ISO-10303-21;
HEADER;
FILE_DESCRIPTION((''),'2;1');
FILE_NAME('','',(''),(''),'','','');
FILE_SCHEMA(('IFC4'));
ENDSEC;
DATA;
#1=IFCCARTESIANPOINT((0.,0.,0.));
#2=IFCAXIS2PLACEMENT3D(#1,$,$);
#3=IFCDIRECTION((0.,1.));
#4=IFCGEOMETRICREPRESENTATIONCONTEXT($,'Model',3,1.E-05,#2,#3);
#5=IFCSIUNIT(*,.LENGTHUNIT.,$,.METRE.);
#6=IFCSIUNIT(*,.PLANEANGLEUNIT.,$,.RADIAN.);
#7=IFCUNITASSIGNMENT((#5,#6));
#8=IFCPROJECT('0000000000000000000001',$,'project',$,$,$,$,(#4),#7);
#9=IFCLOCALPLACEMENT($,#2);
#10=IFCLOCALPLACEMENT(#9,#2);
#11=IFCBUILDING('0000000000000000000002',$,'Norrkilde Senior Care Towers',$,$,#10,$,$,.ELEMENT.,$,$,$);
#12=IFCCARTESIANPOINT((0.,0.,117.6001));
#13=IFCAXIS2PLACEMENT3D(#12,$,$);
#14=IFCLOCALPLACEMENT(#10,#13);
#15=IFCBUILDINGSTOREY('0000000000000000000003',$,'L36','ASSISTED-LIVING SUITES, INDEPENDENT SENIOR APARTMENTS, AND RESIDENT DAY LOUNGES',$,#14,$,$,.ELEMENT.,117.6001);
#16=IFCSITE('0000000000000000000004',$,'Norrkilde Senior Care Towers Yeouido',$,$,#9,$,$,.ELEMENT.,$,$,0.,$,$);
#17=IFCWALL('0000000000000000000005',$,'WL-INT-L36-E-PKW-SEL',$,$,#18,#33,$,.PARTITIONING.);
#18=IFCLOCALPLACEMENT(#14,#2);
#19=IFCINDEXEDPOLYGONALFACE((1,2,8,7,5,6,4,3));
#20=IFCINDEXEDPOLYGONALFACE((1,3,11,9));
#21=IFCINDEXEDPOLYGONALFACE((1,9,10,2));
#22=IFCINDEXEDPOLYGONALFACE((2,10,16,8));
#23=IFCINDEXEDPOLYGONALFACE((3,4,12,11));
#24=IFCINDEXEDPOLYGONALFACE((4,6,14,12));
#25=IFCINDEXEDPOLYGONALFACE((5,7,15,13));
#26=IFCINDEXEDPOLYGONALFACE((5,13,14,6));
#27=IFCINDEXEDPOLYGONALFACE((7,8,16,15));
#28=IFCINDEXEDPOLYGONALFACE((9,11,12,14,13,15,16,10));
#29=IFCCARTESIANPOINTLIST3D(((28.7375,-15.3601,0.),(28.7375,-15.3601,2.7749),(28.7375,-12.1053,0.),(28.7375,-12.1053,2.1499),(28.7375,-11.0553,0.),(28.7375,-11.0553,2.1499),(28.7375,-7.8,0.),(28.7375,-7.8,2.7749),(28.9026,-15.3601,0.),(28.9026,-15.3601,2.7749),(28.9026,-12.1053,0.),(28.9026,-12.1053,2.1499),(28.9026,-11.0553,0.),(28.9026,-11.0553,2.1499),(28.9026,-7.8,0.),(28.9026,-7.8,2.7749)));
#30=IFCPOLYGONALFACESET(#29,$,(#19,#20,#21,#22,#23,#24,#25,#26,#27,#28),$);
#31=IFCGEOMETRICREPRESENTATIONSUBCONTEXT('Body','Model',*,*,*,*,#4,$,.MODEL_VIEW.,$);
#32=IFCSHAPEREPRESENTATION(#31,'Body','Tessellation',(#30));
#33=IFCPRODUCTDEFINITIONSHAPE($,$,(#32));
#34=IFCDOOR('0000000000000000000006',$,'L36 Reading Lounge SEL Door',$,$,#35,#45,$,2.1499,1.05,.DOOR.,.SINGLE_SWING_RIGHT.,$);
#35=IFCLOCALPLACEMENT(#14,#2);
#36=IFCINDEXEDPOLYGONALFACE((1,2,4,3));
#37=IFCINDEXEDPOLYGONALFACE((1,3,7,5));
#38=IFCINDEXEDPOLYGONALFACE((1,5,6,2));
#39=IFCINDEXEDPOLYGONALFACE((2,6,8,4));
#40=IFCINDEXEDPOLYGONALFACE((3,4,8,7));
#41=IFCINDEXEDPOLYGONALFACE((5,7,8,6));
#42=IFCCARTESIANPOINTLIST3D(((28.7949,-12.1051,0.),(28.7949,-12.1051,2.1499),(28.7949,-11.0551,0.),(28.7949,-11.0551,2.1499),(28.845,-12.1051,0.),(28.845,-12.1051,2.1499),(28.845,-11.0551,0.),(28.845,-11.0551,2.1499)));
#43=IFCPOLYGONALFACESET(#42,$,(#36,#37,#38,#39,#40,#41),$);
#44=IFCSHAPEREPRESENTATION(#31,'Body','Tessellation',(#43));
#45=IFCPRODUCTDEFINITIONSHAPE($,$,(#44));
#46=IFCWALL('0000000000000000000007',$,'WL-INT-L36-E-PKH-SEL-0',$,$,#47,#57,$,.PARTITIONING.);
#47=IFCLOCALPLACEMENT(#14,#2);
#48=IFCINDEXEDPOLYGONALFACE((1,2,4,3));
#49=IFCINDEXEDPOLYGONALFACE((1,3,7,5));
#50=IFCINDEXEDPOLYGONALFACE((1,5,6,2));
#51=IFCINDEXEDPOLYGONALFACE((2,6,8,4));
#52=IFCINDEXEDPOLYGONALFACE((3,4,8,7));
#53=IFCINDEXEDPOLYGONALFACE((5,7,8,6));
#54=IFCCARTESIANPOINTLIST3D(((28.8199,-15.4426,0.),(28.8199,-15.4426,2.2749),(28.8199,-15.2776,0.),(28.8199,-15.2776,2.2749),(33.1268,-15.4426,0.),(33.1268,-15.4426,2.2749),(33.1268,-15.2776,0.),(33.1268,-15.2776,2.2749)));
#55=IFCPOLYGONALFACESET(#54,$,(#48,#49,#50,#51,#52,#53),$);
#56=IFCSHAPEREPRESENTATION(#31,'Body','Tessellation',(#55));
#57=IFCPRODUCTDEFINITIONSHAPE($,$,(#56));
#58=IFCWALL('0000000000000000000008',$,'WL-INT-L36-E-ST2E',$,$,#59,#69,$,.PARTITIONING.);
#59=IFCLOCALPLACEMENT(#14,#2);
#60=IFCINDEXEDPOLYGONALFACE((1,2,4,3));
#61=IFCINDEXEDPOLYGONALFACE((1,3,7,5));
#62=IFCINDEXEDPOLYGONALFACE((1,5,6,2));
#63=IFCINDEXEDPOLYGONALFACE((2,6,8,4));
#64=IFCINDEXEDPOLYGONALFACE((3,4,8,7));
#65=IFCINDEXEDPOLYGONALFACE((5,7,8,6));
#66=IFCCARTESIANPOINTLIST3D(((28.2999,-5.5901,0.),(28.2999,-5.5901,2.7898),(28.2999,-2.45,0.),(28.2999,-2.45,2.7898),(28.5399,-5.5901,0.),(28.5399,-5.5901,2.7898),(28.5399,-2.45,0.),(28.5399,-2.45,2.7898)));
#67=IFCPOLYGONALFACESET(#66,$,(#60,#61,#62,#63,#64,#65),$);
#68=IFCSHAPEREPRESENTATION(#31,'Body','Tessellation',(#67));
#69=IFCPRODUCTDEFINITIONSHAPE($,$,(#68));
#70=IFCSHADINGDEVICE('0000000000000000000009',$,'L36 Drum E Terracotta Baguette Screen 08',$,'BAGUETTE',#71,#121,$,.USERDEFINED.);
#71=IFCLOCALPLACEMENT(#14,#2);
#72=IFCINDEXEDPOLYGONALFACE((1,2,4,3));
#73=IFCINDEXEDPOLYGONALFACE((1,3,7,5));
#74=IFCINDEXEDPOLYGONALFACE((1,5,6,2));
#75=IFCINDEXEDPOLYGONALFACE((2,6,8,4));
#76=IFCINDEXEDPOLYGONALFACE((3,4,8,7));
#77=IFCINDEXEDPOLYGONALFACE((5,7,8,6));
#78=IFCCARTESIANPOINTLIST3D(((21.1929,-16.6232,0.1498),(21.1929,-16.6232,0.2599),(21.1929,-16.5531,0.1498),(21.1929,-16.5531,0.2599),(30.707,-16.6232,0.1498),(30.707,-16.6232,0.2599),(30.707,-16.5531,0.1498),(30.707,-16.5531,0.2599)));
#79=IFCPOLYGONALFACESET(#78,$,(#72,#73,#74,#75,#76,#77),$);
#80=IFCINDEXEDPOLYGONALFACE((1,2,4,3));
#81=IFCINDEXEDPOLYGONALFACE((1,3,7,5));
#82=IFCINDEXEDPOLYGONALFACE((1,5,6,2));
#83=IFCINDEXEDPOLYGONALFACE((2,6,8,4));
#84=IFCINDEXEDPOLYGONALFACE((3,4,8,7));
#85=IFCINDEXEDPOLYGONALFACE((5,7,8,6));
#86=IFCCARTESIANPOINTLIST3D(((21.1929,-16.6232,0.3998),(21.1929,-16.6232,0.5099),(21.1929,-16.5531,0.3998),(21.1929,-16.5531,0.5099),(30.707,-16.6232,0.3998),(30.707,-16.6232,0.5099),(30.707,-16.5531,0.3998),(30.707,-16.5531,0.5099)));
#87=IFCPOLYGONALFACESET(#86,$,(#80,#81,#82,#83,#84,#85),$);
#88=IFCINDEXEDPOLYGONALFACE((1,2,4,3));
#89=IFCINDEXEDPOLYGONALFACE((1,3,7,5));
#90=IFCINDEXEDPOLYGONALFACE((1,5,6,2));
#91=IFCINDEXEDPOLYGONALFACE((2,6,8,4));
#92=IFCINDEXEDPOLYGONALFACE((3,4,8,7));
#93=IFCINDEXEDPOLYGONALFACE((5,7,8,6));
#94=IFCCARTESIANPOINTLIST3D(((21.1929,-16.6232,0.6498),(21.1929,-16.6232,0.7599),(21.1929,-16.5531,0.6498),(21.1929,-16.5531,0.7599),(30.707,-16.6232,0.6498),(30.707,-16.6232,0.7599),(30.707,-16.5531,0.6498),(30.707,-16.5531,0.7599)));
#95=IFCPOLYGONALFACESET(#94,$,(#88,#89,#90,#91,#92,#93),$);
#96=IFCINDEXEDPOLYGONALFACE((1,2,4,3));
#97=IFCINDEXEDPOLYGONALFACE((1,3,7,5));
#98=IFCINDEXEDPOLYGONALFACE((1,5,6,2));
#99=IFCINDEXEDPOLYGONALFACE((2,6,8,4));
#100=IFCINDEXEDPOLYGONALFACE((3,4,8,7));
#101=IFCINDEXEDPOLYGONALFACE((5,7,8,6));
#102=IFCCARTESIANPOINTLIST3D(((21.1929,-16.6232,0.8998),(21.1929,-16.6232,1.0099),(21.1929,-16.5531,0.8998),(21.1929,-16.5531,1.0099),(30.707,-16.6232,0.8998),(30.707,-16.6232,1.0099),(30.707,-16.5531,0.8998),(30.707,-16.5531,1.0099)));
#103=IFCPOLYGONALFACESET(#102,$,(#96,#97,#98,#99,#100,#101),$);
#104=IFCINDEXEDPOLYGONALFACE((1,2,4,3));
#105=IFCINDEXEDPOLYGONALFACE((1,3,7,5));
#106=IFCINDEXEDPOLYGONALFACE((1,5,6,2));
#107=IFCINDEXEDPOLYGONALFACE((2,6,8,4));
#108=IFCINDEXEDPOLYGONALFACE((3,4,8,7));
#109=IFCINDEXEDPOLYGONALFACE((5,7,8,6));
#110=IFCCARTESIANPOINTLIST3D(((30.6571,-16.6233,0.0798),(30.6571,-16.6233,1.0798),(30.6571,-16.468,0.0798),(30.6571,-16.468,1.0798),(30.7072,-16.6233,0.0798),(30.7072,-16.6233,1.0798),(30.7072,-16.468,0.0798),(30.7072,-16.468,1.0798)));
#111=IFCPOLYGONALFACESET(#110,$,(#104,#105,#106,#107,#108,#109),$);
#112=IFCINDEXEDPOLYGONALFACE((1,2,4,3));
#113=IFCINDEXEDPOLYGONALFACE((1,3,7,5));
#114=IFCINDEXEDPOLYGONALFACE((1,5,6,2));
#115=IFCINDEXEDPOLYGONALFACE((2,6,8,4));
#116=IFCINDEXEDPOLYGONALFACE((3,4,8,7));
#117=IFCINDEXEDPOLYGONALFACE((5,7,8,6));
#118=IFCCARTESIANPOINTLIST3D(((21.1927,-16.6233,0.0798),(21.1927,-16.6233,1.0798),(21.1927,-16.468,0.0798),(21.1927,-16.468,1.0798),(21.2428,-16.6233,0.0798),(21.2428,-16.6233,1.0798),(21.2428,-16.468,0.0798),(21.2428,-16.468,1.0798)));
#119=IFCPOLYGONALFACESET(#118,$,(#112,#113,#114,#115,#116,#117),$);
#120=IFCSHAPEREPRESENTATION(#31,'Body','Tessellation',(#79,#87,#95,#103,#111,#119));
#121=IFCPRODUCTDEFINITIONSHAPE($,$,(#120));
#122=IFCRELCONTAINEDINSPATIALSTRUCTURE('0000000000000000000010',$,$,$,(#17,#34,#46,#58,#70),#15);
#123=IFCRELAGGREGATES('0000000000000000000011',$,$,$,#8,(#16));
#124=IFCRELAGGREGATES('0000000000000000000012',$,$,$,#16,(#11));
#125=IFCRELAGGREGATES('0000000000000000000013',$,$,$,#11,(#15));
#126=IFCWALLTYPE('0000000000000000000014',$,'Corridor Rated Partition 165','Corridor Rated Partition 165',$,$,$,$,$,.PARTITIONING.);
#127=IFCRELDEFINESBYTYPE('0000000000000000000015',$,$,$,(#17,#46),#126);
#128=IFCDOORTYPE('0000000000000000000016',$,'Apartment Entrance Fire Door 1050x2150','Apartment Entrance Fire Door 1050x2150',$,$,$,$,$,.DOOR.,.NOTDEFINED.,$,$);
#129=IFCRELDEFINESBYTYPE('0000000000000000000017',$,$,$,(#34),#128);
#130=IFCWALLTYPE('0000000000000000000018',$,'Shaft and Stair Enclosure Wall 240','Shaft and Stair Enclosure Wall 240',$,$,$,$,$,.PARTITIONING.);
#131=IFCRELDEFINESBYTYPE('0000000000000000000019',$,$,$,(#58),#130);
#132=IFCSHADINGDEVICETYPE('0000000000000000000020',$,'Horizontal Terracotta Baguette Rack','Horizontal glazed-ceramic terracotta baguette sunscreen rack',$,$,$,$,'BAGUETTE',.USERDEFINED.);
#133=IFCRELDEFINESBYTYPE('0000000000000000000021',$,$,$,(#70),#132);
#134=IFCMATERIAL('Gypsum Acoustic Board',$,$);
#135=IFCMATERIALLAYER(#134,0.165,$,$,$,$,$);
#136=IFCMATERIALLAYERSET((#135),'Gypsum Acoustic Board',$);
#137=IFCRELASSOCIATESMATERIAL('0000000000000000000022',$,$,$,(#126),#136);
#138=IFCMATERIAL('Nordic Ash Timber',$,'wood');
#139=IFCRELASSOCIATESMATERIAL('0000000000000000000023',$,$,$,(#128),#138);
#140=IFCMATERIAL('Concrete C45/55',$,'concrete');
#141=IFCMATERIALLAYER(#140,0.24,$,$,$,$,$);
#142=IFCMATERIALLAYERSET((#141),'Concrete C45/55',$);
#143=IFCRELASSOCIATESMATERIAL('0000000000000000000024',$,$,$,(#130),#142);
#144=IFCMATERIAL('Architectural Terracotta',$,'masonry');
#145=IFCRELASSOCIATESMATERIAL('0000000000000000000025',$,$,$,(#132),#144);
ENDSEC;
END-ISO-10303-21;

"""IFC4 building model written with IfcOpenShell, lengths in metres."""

from ifc_helpers import new_model, si_unit, direction, frame, frame_2d, origin, origin_2d, place, context, subcontext, project, spatial, rectangle, extrude, source, transform, mapped, material, layer, layer_set, type_object, type_shapes, element, fill, save


model = new_model("IFC4")

# Units and contexts
model_context = context("Model", 3, precision=1e-05, world=origin(), true_north=direction((0.0, 1.0)))
body_context = subcontext(model_context, "Body", "Model", "MODEL_VIEW")
ifc_project = project(units=[si_unit("LENGTHUNIT", "METRE"), si_unit("PLANEANGLEUNIT", "RADIAN")], contexts=[model_context])

# Site, building, storey
site_placement = place(None, origin())
site = spatial("IfcSite", under=ifc_project, at=site_placement, Name="Norrkilde Senior Care Towers Yeouido", CompositionType="ELEMENT", RefElevation=0.0)
building_placement = place(site_placement, origin())
building = spatial("IfcBuilding", under=site, at=building_placement, Name="Norrkilde Senior Care Towers", CompositionType="ELEMENT")
storey_placement = place(building_placement, frame((0.0, 0.0, 117.6001)))
storey = spatial("IfcBuildingStorey", under=building, at=storey_placement, Name="L36", Description="ASSISTED-LIVING SUITES, INDEPENDENT SENIOR APARTMENTS, AND RESIDENT DAY LOUNGES", CompositionType="ELEMENT", Elevation=117.6001)

# Shared definitions
ifc_material_1 = material(Name="Concrete C45/55", Category="concrete")
ifc_material_2 = material(Name="Gypsum Acoustic Board")
ifc_layer_1 = layer(ifc_material_2, 0.165)
ifc_layer_set_1 = layer_set([ifc_layer_1], Name="Gypsum Acoustic Board")
wall_type_1 = type_object("IfcWallType", Name="Corridor Rated Partition 165", Description="Corridor Rated Partition 165", PredefinedType="PARTITIONING", material=ifc_layer_set_1)

# Wall, opening, door
shared_shape_1 = source(origin(), body_context, "Body", "SweptSolid", [
    extrude(rectangle(XDim=7.5601, YDim=0.165, at=frame_2d((3.78, 0.0))), origin(), (0.0, 0.0, 1.0), 2.7749),
])
ifc_material_3 = material(Name="Nordic Ash Timber", Category="wood")
door_type = type_object("IfcDoorType", Name="Apartment Entrance Fire Door 1050x2150", Description="Apartment Entrance Fire Door 1050x2150", OperationType="NOTDEFINED", PredefinedType="DOOR", material=ifc_material_3)
shared_shape_2 = source(origin(), body_context, "Body", "SweptSolid", [
    extrude(rectangle(XDim=1.05, YDim=2.1499, at=frame_2d((0.5249, 1.075))), frame((0.0, 0.0249, 0.0), z_axis=(0.0, -1.0, 0.0), x_axis=(1.0, 0.0, 0.0)), (0.0, 0.0, 1.0), 0.05),
])
type_shapes(door_type, [shared_shape_2])
wall_1_placement = place(storey_placement, frame((28.8201, -15.3601, 0.0), z_axis=(0.0, 0.0, 1.0), x_axis=(0.0, 1.0, 0.0)))
wall_1 = element("IfcWall", 1, at=wall_1_placement, inside=storey, type_object=wall_type_1, Name="WL-INT-L36-E-PKW-SEL", PredefinedType="PARTITIONING", context=body_context, shape_type="MappedRepresentation", body=[
    mapped(shared_shape_1, transform((0.0, 0.0, 0.0), x_axis=(1.0, 0.0, 0.0), y_axis=(0.0, 1.0, 0.0), z_axis=(0.0, 0.0, 1.0), scale=1.0)),
])
opening_1_placement = place(wall_1_placement, frame((3.2549, 0.0, 0.0)))
opening_1 = element("IfcOpeningElement", 2, at=opening_1_placement, cuts=wall_1, PredefinedType="OPENING", context=body_context, shape_type="SweptSolid", body=[
    extrude(rectangle(XDim=1.05, YDim=2.1499, at=frame_2d((0.5249, 1.075))), frame((0.0, 0.0925, 0.0), z_axis=(0.0, -1.0, 0.0), x_axis=(1.0, 0.0, 0.0)), (0.0, 0.0, 1.0), 0.1851),
])
door_1_placement = place(opening_1_placement, frame((1.05, 0.0, 0.0), z_axis=(0.0, 0.0, 1.0), x_axis=(-1.0, 0.0, 0.0)))
door_1 = element("IfcDoor", 3, at=door_1_placement, inside=storey, type_object=door_type, Name="L36 Reading Lounge SEL Door", OperationType="SINGLE_SWING_RIGHT", OverallHeight=2.1499, OverallWidth=1.05, PredefinedType="DOOR", context=body_context, shape_type="MappedRepresentation", body=[
    mapped(shared_shape_2, transform((0.0, 0.0, 0.0), x_axis=(1.0, 0.0, 0.0), y_axis=(0.0, 1.0, 0.0), z_axis=(0.0, 0.0, 1.0), scale=1.0)),
])
fill(opening_1, door_1)

# Walls
shared_shape_3 = source(origin(), body_context, "Body", "SweptSolid", [
    extrude(rectangle(XDim=4.3069, YDim=0.165, at=frame_2d((2.1533, 0.0))), origin(), (0.0, 0.0, 1.0), 2.2749),
])
wall_2_placement = place(storey_placement, frame((28.8201, -15.3601, 0.0), z_axis=(0.0, 0.0, 1.0), x_axis=(1.0, 0.0, 0.0)))
element("IfcWall", 4, at=wall_2_placement, inside=storey, type_object=wall_type_1, Name="WL-INT-L36-E-PKH-SEL-0", PredefinedType="PARTITIONING", context=body_context, shape_type="MappedRepresentation", body=[
    mapped(shared_shape_3, transform((0.0, 0.0, 0.0), x_axis=(1.0, 0.0, 0.0), y_axis=(0.0, 1.0, 0.0), z_axis=(0.0, 0.0, 1.0), scale=1.0)),
])
ifc_layer_2 = layer(ifc_material_1, 0.24)
ifc_layer_set_2 = layer_set([ifc_layer_2], Name="Concrete C45/55")
wall_type_2 = type_object("IfcWallType", Name="Shaft and Stair Enclosure Wall 240", Description="Shaft and Stair Enclosure Wall 240", PredefinedType="PARTITIONING", material=ifc_layer_set_2)
shared_shape_4 = source(origin(), body_context, "Body", "SweptSolid", [
    extrude(rectangle(XDim=3.1401, YDim=0.24, at=frame_2d((1.5701, 0.0))), origin(), (0.0, 0.0, 1.0), 2.7898),
])
type_shapes(wall_type_2, [shared_shape_4])
wall_3_placement = place(storey_placement, frame((28.4199, -5.5901, 0.0), z_axis=(0.0, 0.0, 1.0), x_axis=(0.0, 1.0, 0.0)))
element("IfcWall", 5, at=wall_3_placement, inside=storey, type_object=wall_type_2, Name="WL-INT-L36-E-ST2E", PredefinedType="PARTITIONING", context=body_context, shape_type="MappedRepresentation", body=[
    mapped(shared_shape_4, transform((0.0, 0.0, 0.0), x_axis=(1.0, 0.0, 0.0), y_axis=(0.0, 1.0, 0.0), z_axis=(0.0, 0.0, 1.0), scale=1.0)),
])

# Shading device
ifc_material_4 = material(Name="Architectural Terracotta", Category="masonry")
shading_device_type = type_object("IfcShadingDeviceType", Name="Horizontal Terracotta Baguette Rack", Description="Horizontal glazed-ceramic terracotta baguette sunscreen rack", ElementType="BAGUETTE", PredefinedType="USERDEFINED", material=ifc_material_4)
shared_shape_5 = source(origin(), body_context, "Body", "SweptSolid", [
    extrude(rectangle(XDim=0.0701, YDim=0.1101, at=origin_2d()), frame((0.0, 0.0901, 0.125), z_axis=(1.0, 0.0, 0.0), x_axis=(0.0, 1.0, 0.0)), (0.0, 0.0, 1.0), 9.5142),
    extrude(rectangle(XDim=0.0701, YDim=0.1101, at=origin_2d()), frame((0.0, 0.0901, 0.375), z_axis=(1.0, 0.0, 0.0), x_axis=(0.0, 1.0, 0.0)), (0.0, 0.0, 1.0), 9.5142),
    extrude(rectangle(XDim=0.0701, YDim=0.1101, at=origin_2d()), frame((0.0, 0.0901, 0.625), z_axis=(1.0, 0.0, 0.0), x_axis=(0.0, 1.0, 0.0)), (0.0, 0.0, 1.0), 9.5142),
    extrude(rectangle(XDim=0.0701, YDim=0.1101, at=origin_2d()), frame((0.0, 0.0901, 0.875), z_axis=(1.0, 0.0, 0.0), x_axis=(0.0, 1.0, 0.0)), (0.0, 0.0, 1.0), 9.5142),
    extrude(rectangle(XDim=0.05, YDim=0.1553, at=origin_2d()), frame((0.0249, 0.0476, 0.0)), (0.0, 0.0, 1.0), 1.0),
    extrude(rectangle(XDim=0.05, YDim=0.1553, at=origin_2d()), frame((9.4893, 0.0476, 0.0)), (0.0, 0.0, 1.0), 1.0),
])
type_shapes(shading_device_type, [shared_shape_5])
shading_device_placement = place(storey_placement, frame((30.707, -16.498, 0.0798), z_axis=(0.0, 0.0, 1.0), x_axis=(-1.0, 0.0, 0.0)))
element("IfcShadingDevice", 6, at=shading_device_placement, inside=storey, type_object=shading_device_type, Name="L36 Drum E Terracotta Baguette Screen 08", ObjectType="BAGUETTE", PredefinedType="USERDEFINED", context=body_context, shape_type="MappedRepresentation", body=[
    mapped(shared_shape_5, transform((0.0, 0.0, 0.0), x_axis=(1.0, 0.0, 0.0), y_axis=(0.0, 1.0, 0.0), z_axis=(0.0, 0.0, 1.0), scale=1.0)),
])

save(model, "model.ifc")
